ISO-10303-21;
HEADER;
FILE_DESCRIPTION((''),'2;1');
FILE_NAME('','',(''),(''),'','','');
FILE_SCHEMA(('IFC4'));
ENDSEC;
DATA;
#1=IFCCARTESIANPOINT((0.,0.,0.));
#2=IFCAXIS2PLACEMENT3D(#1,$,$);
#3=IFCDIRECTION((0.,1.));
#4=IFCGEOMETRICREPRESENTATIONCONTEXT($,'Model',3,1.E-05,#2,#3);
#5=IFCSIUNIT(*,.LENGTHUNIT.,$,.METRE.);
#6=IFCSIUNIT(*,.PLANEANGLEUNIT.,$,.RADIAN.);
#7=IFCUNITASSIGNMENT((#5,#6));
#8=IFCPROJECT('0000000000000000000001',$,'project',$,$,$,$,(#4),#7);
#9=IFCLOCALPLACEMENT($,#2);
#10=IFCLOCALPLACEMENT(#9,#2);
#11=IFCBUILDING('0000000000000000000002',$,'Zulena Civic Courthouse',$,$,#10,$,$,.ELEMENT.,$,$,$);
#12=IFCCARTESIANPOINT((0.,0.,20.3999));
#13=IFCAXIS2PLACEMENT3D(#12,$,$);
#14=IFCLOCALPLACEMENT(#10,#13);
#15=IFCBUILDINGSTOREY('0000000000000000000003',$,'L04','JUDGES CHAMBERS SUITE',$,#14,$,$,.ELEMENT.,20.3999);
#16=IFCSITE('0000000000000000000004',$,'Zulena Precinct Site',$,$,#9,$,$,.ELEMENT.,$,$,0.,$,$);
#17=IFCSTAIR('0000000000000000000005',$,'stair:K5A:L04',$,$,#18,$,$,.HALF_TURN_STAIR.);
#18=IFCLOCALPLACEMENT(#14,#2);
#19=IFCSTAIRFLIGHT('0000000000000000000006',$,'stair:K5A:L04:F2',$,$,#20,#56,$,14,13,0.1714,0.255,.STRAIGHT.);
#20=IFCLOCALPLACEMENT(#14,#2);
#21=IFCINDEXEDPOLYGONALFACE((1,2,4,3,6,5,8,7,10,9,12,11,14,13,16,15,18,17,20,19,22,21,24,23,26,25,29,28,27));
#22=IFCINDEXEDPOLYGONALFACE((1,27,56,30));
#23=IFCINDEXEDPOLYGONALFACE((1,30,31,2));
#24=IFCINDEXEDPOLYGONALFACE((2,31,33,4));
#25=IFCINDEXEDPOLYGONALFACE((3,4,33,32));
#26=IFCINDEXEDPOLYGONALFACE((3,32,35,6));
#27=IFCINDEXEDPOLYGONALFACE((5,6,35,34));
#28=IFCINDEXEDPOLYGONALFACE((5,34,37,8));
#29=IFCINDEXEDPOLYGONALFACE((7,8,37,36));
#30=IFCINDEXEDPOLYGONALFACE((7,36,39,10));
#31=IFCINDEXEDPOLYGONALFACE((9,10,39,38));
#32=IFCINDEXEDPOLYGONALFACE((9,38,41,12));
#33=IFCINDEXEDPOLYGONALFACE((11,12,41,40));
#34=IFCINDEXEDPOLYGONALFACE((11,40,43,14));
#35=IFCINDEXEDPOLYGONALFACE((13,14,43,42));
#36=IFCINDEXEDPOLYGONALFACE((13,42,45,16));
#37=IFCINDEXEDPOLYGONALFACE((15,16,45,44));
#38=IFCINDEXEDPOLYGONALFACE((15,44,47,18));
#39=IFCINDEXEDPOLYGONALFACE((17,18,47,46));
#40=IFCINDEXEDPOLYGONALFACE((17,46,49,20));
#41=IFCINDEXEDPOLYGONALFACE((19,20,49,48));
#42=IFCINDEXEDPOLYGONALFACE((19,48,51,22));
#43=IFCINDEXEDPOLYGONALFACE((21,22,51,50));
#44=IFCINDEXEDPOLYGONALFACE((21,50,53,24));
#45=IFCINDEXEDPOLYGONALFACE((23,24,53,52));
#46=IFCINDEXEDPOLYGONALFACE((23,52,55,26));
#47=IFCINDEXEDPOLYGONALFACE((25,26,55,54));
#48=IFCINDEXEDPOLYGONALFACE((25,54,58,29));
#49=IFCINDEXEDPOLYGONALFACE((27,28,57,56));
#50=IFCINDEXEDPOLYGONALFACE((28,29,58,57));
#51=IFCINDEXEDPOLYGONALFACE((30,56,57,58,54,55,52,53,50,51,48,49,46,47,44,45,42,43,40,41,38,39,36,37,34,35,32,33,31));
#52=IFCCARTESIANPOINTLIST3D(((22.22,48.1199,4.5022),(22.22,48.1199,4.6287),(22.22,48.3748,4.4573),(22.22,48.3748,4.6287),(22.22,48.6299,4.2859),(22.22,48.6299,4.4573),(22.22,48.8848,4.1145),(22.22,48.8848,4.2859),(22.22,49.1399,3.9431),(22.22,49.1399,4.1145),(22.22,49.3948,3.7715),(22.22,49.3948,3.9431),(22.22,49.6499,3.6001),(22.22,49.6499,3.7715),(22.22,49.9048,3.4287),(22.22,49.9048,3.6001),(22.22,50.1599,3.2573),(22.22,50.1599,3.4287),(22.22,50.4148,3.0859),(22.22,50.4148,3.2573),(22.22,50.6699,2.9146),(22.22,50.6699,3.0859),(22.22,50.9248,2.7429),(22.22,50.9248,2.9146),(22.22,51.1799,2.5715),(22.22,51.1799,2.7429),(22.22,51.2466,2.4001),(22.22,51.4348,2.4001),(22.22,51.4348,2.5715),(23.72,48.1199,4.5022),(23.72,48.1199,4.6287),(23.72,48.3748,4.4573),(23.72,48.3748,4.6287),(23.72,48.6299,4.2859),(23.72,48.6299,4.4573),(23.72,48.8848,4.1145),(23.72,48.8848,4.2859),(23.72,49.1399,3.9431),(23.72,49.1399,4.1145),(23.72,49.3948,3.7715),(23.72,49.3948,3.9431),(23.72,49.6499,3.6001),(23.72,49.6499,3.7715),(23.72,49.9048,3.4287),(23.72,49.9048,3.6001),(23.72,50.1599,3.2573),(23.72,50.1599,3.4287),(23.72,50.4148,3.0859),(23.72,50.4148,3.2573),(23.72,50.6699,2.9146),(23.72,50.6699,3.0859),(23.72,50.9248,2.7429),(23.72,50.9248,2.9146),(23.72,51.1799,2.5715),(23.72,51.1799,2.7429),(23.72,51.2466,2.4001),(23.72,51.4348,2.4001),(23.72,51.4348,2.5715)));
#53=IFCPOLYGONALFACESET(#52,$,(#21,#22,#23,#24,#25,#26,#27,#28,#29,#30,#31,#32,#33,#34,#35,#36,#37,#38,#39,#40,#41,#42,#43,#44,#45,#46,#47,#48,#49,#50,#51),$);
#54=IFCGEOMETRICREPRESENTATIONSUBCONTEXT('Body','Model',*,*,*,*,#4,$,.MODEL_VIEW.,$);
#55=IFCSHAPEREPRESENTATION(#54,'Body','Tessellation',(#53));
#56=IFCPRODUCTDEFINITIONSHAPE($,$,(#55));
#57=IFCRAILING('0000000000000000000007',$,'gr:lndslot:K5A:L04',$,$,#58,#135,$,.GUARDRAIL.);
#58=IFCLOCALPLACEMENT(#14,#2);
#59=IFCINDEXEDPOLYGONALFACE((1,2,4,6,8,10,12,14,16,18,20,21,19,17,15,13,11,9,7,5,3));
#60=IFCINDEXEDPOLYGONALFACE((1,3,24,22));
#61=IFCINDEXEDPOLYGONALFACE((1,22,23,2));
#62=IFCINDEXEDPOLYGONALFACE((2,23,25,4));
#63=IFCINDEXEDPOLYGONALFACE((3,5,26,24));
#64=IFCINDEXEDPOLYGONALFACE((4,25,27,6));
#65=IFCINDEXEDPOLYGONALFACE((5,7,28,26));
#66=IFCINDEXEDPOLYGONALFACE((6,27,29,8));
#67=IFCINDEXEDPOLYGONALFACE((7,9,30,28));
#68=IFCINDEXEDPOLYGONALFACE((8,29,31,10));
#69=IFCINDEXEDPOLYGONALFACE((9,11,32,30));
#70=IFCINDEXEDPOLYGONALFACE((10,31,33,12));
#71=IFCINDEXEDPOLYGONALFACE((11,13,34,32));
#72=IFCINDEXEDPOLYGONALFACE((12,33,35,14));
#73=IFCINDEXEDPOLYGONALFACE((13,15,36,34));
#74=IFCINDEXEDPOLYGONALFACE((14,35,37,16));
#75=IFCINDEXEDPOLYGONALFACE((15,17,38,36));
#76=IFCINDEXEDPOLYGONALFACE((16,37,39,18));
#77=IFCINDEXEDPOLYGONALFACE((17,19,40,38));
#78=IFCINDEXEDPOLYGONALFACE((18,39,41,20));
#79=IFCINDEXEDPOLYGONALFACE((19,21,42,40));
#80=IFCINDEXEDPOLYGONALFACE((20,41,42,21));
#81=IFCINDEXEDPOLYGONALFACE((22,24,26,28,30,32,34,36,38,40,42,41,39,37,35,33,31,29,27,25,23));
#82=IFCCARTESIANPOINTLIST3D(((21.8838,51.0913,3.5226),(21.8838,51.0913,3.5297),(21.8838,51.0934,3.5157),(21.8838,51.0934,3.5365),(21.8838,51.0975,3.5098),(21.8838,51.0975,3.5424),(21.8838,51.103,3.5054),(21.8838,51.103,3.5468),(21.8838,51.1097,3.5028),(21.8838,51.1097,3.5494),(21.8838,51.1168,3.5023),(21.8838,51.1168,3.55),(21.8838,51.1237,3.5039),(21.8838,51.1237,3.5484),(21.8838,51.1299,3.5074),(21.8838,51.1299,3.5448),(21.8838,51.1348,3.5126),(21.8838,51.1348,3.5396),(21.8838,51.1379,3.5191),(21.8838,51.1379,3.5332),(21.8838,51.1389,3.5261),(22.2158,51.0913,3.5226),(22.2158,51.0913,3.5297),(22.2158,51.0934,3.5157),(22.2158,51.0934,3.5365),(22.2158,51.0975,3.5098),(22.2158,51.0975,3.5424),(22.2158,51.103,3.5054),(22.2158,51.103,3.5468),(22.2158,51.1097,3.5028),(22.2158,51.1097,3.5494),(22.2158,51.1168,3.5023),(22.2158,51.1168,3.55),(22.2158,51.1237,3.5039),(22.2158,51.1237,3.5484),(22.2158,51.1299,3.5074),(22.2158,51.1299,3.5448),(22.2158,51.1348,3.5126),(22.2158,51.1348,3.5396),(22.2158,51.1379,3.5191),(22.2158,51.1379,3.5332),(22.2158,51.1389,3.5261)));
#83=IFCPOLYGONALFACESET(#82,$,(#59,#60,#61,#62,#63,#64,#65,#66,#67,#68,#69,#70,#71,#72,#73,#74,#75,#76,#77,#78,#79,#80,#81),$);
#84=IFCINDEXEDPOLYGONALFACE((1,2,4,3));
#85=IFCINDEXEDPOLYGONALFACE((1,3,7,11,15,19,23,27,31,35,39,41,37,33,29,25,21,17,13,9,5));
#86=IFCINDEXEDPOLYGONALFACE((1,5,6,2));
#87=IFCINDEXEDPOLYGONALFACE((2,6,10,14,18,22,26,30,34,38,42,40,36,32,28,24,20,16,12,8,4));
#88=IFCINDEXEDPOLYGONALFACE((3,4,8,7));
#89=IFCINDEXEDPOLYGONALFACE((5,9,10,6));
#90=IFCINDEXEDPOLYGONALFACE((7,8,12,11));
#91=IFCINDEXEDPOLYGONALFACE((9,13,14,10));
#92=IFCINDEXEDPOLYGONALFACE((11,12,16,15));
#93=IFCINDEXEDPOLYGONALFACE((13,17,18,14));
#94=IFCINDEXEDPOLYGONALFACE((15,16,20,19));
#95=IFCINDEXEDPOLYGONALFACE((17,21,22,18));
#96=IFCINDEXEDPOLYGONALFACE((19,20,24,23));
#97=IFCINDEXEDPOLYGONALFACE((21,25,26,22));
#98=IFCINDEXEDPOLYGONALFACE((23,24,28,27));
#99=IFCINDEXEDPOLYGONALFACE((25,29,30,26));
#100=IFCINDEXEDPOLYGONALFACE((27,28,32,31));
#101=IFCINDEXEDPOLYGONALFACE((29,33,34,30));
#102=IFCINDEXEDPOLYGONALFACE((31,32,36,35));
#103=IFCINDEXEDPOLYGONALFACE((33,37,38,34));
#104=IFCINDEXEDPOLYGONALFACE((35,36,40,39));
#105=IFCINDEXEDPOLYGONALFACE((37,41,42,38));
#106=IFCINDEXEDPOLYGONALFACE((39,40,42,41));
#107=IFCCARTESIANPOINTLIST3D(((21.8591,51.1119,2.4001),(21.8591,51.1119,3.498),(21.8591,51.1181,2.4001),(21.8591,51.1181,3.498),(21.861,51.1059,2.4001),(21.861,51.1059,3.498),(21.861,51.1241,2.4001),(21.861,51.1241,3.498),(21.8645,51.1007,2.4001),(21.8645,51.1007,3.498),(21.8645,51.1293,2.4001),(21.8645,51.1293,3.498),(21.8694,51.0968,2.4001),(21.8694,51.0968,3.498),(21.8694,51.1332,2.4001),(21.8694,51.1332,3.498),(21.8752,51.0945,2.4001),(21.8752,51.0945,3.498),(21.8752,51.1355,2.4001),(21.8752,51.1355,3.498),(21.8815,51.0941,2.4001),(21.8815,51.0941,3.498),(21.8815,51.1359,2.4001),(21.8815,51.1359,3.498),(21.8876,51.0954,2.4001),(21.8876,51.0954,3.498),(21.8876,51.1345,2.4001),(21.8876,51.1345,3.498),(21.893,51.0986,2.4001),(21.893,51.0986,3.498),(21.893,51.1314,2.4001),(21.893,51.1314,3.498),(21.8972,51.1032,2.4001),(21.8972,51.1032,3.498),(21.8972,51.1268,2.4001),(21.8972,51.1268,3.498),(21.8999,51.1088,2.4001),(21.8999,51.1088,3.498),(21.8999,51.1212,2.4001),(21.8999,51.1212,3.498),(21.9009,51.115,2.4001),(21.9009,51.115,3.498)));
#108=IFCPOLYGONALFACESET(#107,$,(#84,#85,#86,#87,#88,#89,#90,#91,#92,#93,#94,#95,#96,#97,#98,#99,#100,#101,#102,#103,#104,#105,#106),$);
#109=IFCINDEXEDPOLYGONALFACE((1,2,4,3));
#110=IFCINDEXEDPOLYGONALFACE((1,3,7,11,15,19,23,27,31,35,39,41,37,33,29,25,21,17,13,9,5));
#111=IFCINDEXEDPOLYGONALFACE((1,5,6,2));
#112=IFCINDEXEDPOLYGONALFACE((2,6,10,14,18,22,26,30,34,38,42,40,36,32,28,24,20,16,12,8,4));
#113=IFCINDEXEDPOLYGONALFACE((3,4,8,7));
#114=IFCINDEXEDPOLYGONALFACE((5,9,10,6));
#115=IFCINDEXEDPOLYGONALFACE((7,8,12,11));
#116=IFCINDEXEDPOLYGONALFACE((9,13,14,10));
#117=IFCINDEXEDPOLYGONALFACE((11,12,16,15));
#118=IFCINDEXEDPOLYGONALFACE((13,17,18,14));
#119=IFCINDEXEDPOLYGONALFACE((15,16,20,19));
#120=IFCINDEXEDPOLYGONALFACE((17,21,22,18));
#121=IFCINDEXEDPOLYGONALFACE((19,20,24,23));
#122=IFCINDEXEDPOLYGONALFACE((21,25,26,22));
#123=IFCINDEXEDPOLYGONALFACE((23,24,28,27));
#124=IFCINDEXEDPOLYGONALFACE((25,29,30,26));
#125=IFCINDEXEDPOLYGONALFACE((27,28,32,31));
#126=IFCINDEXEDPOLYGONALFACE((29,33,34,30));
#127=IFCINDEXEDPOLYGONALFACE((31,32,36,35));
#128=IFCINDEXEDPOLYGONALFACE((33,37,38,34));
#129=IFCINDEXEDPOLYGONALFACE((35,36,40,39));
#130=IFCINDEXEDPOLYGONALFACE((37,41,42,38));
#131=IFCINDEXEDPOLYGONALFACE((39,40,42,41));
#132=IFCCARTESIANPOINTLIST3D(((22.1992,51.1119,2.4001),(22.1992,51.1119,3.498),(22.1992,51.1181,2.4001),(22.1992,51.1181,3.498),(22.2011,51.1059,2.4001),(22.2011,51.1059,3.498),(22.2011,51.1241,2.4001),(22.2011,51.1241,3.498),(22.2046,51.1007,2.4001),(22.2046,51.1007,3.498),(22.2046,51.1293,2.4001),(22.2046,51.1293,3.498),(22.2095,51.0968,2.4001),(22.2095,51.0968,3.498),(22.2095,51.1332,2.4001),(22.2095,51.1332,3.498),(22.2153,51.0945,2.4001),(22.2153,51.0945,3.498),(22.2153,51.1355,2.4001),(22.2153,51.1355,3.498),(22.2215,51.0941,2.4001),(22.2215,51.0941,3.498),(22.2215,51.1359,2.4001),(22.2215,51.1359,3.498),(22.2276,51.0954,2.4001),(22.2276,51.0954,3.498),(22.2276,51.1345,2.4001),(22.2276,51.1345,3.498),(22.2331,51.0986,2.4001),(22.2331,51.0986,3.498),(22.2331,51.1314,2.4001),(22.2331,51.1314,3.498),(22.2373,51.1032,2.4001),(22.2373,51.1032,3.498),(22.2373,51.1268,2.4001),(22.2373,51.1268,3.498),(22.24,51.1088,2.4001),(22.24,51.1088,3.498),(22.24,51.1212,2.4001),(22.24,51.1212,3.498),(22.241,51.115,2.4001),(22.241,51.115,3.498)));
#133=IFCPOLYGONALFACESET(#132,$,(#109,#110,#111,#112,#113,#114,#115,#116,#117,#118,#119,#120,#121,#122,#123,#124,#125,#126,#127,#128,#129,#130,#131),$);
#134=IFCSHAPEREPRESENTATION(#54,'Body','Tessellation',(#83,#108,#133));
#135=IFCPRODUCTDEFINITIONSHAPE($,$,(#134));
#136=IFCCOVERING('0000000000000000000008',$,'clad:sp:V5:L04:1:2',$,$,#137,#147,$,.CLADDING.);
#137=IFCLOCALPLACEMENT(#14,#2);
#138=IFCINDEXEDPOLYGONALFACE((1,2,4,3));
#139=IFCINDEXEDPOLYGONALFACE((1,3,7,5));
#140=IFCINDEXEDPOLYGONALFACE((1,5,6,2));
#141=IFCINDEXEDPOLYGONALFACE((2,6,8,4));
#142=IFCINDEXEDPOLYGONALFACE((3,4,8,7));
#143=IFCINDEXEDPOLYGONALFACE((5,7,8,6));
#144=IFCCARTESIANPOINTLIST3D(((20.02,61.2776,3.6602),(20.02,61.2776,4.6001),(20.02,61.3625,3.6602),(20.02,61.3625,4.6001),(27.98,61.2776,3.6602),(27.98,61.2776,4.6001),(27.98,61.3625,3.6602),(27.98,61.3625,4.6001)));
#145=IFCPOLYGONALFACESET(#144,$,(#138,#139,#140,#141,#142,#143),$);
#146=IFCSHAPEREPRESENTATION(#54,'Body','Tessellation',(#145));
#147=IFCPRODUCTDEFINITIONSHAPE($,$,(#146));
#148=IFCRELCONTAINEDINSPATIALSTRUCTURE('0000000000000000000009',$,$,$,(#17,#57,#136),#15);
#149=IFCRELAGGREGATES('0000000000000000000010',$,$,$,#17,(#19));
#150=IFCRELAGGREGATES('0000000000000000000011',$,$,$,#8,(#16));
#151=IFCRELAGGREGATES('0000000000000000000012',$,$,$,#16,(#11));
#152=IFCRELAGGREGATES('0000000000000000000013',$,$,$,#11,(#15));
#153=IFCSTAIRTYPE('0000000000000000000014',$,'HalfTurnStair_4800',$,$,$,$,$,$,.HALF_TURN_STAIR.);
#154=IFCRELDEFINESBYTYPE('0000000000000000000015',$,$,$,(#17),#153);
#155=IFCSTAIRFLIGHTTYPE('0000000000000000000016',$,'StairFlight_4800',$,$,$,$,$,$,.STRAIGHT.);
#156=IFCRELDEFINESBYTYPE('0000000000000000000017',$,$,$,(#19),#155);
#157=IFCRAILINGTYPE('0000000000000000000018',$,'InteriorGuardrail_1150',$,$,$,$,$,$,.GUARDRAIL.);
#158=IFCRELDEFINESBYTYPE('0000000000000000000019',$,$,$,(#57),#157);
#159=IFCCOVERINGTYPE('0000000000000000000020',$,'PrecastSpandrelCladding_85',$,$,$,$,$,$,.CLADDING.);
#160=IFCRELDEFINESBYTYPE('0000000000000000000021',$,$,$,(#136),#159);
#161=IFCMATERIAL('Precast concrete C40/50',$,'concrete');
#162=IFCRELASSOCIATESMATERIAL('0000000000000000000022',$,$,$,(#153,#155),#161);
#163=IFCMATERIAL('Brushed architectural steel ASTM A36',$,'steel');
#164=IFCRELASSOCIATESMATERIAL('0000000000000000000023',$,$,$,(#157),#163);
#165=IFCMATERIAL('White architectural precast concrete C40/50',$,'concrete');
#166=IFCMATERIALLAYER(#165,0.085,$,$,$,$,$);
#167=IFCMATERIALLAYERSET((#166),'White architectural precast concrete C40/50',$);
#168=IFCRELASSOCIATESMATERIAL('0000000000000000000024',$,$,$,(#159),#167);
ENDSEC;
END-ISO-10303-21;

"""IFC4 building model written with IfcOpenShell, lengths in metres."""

from ifc_helpers import new_model, si_unit, direction, frame, origin, origin_2d, place, context, subcontext, project, spatial, polyline, rectangle, circle, outline, extrude, material, layer, layer_set, type_object, element, aggregate, save


model = new_model("IFC4")

# Units and contexts
model_context = context("Model", 3, precision=1e-05, world=origin(), true_north=direction((0.0, 1.0)))
body_context = subcontext(model_context, "Body", "Model", "MODEL_VIEW")
ifc_project = project(units=[si_unit("LENGTHUNIT", "METRE"), si_unit("PLANEANGLEUNIT", "RADIAN")], contexts=[model_context])

# Site, building, storey
site_placement = place(None, origin())
site = spatial("IfcSite", under=ifc_project, at=site_placement, Name="Zulena Precinct Site", CompositionType="ELEMENT", RefElevation=0.0)
building_placement = place(site_placement, origin())
building = spatial("IfcBuilding", under=site, at=building_placement, Name="Zulena Civic Courthouse", CompositionType="ELEMENT")
storey_placement = place(building_placement, frame((0.0, 0.0, 20.3999)))
storey = spatial("IfcBuildingStorey", under=building, at=storey_placement, Name="L04", Description="JUDGES CHAMBERS SUITE", CompositionType="ELEMENT", Elevation=20.3999)

# Stair, stair flight
ifc_material_1 = material(Name="Precast concrete C40/50", Category="concrete")
stair_type = type_object("IfcStairType", Name="HalfTurnStair_4800", PredefinedType="HALF_TURN_STAIR", material=ifc_material_1)
stair_placement = place(storey_placement, origin())
stair = element("IfcStair", 1, at=stair_placement, inside=storey, type_object=stair_type, Name="stair:K5A:L04", PredefinedType="HALF_TURN_STAIR")
stair_flight_type = type_object("IfcStairFlightType", Name="StairFlight_4800", PredefinedType="STRAIGHT", material=ifc_material_1)
stair_flight_1_placement = place(storey_placement, frame((22.97, 51.4348, 2.4001), z_axis=(0.0, 0.0, 1.0), x_axis=(0.0, -1.0, 0.0)))
stair_flight_1 = element("IfcStairFlight", 2, at=stair_flight_1_placement, type_object=stair_flight_type, Name="stair:K5A:L04:F2", NumberOfRisers=14, NumberOfTreads=13, PredefinedType="STRAIGHT", RiserHeight=0.1714, TreadLength=0.255, context=body_context, shape_type="SweptSolid", body=[
    extrude(outline(polyline([(0.0, 0.0), (0.0, 0.1714), (0.2549, 0.1714), (0.2549, 0.3428), (0.51, 0.3428), (0.51, 0.5144), (0.7649, 0.5144), (0.7649, 0.6858), (1.02, 0.6858), (1.02, 0.8572), (1.2749, 0.8572), (1.2749, 1.0286), (1.53, 1.0286), (1.53, 1.2), (1.7849, 1.2), (1.7849, 1.3713), (2.04, 1.3713), (2.04, 1.543), (2.2949, 1.543), (2.2949, 1.7144), (2.55, 1.7144), (2.55, 1.8857), (2.8049, 1.8857), (2.8049, 2.0571), (3.0601, 2.0571), (3.0601, 2.2285), (3.3149, 2.2285), (3.3149, 2.3999), (3.3149, 2.1021), (0.1882, 0.0), (0.0, 0.0)])), frame((0.0, 0.75, 0.0), z_axis=(0.0, -1.0, 0.0), x_axis=(1.0, 0.0, 0.0)), (0.0, 0.0, 1.0), 1.5),
])
aggregate(stair, [stair_flight_1])

# Railing
ifc_material_2 = material(Name="Brushed architectural steel ASTM A36", Category="steel")
railing_type_1 = type_object("IfcRailingType", Name="InteriorGuardrail_1150", PredefinedType="GUARDRAIL", material=ifc_material_2)
railing_1_placement = place(storey_placement, frame((21.8799, 51.115, 2.4001)))
element("IfcRailing", 3, at=railing_1_placement, inside=storey, type_object=railing_type_1, Name="gr:lndslot:K5A:L04", PredefinedType="GUARDRAIL", context=body_context, shape_type="SweptSolid", body=[
    extrude(circle(Radius=0.0239, at=origin_2d()), frame((0.0039, 0.0, 1.126), z_axis=(1.0, 0.0, 0.0), x_axis=(0.0, 1.0, 0.0)), (0.0, 0.0, 1.0), 0.332),
    extrude(circle(Radius=0.021, at=origin_2d()), origin(), (0.0, 0.0, 1.0), 1.0979),
    extrude(circle(Radius=0.021, at=origin_2d()), frame((0.3401, 0.0, 0.0)), (0.0, 0.0, 1.0), 1.0979),
])

# Covering
ifc_material_3 = material(Name="White architectural precast concrete C40/50", Category="concrete")
ifc_layer_1 = layer(ifc_material_3, 0.085)
ifc_layer_set_1 = layer_set([ifc_layer_1], Name="White architectural precast concrete C40/50")
covering_type = type_object("IfcCoveringType", Name="PrecastSpandrelCladding_85", PredefinedType="CLADDING", material=ifc_layer_set_1)
covering_placement = place(storey_placement, frame((24.0, 61.3201, 3.6602), z_axis=(0.0, 0.0, 1.0), x_axis=(1.0, 0.0, 0.0)))
element("IfcCovering", 4, at=covering_placement, inside=storey, type_object=covering_type, Name="clad:sp:V5:L04:1:2", PredefinedType="CLADDING", context=body_context, shape_type="SweptSolid", body=[
    extrude(rectangle(XDim=7.96, YDim=0.085, at=origin_2d()), origin(), (0.0, 0.0, 1.0), 0.9399),
])

save(model, "model.ifc")
